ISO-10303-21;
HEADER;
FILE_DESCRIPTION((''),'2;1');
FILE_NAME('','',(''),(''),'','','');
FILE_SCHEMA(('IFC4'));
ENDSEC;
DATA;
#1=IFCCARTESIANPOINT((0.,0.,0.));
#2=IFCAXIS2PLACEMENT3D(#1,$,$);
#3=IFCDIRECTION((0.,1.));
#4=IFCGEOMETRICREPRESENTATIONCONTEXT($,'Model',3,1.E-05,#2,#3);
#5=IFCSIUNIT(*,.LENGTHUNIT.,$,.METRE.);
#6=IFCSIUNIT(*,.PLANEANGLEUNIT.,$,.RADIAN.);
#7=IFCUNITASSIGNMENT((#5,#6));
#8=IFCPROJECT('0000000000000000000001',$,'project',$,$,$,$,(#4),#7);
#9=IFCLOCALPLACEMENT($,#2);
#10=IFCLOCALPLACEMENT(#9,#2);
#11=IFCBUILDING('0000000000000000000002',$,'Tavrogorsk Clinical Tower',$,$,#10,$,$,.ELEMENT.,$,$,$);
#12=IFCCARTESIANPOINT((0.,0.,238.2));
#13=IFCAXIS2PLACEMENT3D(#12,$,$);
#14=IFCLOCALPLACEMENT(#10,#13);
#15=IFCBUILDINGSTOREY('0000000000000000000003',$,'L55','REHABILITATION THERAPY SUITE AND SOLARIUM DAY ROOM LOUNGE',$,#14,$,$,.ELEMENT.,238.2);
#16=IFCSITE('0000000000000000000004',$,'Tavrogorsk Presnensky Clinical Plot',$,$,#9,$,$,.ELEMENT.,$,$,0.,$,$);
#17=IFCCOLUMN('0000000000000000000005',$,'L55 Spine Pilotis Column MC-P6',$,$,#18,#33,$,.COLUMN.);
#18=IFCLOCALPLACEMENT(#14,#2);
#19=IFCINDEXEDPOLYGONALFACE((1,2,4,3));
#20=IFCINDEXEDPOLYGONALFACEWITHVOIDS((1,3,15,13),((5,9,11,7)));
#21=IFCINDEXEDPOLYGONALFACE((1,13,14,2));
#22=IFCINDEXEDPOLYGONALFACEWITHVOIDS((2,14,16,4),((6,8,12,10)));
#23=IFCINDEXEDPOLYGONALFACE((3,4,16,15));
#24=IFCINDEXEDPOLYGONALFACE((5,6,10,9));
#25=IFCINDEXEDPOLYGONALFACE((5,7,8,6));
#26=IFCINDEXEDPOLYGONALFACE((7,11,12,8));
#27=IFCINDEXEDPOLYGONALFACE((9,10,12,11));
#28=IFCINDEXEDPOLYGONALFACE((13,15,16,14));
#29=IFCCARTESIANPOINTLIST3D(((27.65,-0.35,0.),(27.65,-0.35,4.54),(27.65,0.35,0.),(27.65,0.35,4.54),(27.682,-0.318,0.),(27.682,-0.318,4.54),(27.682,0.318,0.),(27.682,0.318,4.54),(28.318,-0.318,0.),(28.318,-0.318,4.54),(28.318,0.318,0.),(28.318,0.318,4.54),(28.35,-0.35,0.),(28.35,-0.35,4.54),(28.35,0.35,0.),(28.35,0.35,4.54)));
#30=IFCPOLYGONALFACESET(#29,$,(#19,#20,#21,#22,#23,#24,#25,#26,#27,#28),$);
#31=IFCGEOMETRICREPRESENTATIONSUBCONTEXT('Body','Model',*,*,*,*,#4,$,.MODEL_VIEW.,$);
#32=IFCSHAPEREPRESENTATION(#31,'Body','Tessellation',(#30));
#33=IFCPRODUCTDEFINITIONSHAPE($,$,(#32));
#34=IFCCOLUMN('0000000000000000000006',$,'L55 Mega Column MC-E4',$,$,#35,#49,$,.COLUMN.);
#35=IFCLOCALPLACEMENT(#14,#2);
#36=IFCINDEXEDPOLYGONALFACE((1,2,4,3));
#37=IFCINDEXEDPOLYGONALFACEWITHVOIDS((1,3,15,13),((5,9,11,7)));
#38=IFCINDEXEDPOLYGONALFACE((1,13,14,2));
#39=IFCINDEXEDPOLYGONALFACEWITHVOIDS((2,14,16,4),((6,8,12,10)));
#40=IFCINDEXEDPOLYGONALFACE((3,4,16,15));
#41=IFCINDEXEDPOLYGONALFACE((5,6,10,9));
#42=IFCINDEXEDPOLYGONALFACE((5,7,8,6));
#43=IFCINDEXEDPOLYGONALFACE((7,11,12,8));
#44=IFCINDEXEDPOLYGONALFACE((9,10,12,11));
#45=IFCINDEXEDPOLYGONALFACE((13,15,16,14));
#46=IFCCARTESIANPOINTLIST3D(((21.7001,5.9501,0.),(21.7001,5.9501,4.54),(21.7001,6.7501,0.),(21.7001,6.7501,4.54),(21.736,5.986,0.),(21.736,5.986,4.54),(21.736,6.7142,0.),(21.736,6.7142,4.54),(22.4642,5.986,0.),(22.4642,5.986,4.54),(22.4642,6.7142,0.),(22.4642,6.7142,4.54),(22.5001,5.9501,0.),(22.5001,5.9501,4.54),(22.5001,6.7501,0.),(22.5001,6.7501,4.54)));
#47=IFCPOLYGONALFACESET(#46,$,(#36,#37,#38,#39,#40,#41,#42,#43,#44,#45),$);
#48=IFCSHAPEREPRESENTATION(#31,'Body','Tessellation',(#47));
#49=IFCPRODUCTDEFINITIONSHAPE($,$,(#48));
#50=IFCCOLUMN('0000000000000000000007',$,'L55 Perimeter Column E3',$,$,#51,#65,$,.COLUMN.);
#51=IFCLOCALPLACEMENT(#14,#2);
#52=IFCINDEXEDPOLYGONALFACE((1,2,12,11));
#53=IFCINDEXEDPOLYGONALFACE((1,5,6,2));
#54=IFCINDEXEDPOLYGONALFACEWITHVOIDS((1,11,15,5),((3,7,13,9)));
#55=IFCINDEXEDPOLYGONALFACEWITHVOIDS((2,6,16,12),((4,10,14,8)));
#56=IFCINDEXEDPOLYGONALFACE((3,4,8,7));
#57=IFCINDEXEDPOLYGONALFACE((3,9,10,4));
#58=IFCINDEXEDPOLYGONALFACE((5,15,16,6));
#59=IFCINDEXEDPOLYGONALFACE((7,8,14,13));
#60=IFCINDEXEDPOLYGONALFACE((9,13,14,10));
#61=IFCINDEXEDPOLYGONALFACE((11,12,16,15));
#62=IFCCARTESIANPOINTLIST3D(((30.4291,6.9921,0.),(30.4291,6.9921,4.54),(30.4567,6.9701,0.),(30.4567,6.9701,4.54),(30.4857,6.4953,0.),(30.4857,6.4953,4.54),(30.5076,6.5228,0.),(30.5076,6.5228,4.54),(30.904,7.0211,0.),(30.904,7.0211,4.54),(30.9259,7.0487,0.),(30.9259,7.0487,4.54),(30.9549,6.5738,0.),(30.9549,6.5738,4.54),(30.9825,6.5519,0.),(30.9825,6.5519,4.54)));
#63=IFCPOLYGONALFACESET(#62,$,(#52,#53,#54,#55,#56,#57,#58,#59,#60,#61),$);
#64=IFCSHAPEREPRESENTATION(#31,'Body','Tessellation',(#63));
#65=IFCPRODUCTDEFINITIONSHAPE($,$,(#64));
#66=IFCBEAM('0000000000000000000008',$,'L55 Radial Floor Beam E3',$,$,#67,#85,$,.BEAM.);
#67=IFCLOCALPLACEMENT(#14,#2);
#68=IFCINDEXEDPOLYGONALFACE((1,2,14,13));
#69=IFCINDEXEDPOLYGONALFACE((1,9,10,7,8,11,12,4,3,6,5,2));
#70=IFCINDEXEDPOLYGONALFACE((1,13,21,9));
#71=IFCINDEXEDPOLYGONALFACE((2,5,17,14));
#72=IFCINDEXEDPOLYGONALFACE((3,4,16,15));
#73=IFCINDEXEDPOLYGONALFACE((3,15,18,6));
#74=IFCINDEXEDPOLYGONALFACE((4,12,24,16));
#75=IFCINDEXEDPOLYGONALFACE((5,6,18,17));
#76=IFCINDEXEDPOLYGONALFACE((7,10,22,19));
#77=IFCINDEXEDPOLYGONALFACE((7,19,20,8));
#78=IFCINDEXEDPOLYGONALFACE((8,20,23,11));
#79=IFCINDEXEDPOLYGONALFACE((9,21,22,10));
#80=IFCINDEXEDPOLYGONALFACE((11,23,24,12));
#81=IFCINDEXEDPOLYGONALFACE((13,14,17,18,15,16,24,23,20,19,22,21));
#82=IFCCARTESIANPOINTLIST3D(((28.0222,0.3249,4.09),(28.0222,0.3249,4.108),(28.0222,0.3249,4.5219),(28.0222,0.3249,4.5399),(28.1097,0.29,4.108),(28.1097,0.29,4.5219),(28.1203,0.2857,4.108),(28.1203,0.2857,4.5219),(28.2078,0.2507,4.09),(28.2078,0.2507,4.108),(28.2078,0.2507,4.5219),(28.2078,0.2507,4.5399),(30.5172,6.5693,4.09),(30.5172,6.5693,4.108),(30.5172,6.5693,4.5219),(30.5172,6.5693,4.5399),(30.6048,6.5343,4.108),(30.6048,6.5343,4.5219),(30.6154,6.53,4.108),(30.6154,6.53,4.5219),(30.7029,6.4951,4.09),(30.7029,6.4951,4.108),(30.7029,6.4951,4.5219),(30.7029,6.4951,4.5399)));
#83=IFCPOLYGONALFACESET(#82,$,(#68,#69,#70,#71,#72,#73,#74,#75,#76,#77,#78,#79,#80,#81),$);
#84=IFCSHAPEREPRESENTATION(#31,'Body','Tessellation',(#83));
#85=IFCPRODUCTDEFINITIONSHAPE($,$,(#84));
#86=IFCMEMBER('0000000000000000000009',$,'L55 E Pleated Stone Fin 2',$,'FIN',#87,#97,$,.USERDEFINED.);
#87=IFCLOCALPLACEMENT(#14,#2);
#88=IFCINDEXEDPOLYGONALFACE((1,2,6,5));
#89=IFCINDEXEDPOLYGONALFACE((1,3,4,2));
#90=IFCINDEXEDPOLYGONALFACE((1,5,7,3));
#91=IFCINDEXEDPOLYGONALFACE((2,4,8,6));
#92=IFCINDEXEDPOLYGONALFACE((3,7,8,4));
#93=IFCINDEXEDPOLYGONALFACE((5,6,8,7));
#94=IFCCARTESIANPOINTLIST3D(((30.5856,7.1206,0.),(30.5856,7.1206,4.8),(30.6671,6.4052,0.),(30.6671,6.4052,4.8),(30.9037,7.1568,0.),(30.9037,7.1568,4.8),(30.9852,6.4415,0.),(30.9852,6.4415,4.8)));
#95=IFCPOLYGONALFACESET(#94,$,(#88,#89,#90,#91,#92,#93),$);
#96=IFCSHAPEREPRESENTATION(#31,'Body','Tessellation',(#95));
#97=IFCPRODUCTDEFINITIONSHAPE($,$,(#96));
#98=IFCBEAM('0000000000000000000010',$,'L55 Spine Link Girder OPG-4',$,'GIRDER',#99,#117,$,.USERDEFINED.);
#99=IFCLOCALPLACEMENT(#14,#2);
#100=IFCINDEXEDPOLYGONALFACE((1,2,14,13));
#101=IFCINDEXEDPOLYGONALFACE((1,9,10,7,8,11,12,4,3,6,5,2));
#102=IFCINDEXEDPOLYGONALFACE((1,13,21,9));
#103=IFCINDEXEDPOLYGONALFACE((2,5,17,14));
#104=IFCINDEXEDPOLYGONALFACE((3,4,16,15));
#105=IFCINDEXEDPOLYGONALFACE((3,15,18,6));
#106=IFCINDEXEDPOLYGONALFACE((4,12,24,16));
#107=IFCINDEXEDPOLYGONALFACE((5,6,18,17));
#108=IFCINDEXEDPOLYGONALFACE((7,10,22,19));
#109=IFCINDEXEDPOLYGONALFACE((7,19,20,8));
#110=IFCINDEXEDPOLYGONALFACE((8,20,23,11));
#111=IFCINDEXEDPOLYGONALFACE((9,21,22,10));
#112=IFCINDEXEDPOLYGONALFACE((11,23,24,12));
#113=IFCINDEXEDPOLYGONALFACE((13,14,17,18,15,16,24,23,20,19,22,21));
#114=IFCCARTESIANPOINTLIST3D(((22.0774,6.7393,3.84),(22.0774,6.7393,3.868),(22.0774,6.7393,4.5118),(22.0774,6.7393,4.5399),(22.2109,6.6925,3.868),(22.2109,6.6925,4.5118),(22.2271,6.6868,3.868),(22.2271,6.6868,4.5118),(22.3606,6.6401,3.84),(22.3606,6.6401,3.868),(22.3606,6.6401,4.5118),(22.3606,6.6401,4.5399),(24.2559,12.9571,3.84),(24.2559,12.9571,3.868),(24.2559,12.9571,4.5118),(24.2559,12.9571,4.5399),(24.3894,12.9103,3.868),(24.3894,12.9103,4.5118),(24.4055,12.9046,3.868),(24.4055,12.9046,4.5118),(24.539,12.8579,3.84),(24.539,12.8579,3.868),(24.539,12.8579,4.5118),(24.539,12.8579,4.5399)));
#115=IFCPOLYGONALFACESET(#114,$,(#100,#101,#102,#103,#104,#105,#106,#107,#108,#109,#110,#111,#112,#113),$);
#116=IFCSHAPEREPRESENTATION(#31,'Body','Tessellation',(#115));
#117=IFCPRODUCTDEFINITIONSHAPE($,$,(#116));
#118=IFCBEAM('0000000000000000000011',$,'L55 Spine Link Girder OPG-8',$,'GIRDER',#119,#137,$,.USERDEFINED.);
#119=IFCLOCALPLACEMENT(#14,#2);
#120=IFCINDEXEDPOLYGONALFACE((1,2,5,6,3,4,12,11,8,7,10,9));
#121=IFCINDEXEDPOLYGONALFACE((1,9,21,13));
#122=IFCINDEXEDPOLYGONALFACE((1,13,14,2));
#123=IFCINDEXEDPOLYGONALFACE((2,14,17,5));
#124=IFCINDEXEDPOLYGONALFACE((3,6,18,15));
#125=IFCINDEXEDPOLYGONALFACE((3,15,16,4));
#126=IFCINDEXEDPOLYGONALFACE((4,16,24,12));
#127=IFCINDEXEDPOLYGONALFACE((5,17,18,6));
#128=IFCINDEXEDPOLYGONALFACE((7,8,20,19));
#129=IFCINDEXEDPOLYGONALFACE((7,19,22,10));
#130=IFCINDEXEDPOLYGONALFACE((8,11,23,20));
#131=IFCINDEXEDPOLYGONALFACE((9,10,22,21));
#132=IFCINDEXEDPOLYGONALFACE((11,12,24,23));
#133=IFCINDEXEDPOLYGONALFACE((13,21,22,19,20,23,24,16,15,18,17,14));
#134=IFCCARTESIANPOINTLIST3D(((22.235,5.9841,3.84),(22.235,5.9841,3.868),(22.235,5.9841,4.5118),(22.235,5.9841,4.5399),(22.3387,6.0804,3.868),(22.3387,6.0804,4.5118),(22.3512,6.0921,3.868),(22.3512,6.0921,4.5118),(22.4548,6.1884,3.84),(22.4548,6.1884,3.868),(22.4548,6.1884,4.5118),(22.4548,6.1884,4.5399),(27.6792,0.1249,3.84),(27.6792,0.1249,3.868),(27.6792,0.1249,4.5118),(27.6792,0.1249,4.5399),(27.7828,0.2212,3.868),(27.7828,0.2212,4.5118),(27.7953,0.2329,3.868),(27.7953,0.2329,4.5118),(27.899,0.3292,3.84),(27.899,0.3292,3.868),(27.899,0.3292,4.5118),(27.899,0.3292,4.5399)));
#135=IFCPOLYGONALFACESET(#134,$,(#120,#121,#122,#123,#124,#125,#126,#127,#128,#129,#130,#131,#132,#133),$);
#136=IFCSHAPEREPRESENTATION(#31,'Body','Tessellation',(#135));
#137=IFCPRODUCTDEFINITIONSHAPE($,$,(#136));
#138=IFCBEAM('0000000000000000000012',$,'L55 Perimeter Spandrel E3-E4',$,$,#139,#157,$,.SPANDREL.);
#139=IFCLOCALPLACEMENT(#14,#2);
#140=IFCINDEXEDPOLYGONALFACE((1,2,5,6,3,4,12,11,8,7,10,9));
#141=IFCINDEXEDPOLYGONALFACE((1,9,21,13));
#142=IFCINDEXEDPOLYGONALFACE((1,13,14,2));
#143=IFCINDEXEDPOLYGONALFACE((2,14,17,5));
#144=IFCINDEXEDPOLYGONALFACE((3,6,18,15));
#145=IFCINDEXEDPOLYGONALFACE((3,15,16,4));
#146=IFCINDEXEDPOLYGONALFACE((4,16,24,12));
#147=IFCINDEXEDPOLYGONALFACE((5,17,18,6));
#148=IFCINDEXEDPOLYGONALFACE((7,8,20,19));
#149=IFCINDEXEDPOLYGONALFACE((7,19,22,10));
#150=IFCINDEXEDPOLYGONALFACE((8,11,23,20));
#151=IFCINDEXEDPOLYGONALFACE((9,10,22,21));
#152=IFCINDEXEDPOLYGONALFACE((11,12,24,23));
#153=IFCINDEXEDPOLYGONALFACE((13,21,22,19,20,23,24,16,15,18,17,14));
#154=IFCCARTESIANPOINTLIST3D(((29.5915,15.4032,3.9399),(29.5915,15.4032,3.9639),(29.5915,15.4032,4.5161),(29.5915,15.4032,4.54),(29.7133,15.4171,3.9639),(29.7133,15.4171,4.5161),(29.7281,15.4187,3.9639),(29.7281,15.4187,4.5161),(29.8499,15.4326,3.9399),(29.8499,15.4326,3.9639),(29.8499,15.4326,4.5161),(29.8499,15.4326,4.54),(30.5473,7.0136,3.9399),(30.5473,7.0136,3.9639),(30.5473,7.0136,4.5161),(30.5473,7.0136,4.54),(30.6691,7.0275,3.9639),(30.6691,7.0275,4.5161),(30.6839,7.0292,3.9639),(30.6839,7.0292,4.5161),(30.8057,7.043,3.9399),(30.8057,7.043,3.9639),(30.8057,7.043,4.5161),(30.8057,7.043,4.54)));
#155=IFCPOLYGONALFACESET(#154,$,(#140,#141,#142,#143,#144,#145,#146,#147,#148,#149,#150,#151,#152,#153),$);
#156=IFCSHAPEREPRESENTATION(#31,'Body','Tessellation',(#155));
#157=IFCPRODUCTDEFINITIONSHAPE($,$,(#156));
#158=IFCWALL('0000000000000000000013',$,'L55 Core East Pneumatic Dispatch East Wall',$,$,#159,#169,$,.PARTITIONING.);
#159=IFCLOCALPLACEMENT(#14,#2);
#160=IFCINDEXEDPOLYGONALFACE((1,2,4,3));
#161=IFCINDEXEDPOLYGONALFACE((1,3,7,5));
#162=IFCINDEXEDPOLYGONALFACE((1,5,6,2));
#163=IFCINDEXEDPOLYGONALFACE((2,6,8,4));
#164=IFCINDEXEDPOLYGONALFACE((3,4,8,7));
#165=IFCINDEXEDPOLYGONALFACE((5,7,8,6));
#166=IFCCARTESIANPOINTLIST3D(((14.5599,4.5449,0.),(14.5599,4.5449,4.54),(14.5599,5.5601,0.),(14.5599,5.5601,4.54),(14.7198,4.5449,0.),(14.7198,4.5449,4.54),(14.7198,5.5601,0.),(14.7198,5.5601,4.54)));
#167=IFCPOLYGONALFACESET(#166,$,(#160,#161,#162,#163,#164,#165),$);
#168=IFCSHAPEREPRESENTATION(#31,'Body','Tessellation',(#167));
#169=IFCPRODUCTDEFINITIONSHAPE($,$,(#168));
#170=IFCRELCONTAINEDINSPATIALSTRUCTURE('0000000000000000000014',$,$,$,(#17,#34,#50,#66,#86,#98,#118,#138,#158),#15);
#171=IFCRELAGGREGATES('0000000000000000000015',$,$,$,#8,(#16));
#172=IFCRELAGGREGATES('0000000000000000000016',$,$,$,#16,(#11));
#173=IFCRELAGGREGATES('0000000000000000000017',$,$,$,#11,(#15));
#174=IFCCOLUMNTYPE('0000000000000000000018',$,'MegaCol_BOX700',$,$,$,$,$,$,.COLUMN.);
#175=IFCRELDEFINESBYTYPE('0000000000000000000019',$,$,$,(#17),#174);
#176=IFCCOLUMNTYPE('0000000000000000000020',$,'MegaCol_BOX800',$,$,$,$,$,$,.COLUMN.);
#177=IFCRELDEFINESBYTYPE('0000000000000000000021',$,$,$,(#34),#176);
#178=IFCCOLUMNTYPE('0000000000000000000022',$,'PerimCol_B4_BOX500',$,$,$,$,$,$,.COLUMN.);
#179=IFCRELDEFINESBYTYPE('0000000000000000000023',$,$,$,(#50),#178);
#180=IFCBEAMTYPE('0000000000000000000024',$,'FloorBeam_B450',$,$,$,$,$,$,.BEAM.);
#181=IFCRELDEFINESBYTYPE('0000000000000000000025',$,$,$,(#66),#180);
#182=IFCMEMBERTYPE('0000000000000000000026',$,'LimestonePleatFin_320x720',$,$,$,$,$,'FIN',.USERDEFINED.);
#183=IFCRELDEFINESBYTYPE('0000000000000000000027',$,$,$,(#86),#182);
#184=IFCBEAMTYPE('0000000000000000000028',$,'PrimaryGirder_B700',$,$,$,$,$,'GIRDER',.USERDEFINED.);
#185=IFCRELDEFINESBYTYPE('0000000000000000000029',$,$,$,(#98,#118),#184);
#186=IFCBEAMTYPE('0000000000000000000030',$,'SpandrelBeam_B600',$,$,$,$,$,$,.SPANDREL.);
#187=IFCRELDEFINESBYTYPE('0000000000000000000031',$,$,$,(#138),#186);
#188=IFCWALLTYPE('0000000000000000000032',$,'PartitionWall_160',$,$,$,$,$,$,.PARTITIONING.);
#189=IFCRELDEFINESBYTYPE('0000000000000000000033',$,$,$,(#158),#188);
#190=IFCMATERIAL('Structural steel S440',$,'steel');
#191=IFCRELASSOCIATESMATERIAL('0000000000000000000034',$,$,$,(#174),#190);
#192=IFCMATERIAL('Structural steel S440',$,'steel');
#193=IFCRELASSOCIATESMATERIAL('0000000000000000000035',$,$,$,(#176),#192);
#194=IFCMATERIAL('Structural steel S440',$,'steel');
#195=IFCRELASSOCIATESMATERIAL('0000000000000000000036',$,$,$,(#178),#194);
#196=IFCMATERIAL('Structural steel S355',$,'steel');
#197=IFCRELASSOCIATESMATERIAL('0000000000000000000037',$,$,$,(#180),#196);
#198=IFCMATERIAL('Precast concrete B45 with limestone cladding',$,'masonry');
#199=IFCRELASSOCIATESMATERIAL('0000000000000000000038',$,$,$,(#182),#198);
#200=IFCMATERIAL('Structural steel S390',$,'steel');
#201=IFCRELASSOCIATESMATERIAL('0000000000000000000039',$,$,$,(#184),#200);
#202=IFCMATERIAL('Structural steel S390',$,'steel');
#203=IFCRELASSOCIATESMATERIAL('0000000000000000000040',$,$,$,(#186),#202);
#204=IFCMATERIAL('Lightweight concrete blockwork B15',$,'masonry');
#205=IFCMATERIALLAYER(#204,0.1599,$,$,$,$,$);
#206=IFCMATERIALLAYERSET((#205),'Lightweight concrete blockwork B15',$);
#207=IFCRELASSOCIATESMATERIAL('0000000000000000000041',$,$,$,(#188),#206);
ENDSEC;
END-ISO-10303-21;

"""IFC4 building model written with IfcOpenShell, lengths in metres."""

from ifc_helpers import new_model, si_unit, direction, frame, frame_2d, origin, origin_2d, place, context, subcontext, project, spatial, rectangle, hollow_rectangle, i_section, extrude, material, layer, layer_set, material_profile, profile_set, type_object, element, save


model = new_model("IFC4")

# Units and contexts
model_context = context("Model", 3, precision=1e-05, world=origin(), true_north=direction((0.0, 1.0)))
body_context = subcontext(model_context, "Body", "Model", "MODEL_VIEW")
ifc_project = project(units=[si_unit("LENGTHUNIT", "METRE"), si_unit("PLANEANGLEUNIT", "RADIAN")], contexts=[model_context])

# Site, building, storey
site_placement = place(None, origin())
site = spatial("IfcSite", under=ifc_project, at=site_placement, Name="Tavrogorsk Presnensky Clinical Plot", CompositionType="ELEMENT", RefElevation=0.0)
building_placement = place(site_placement, origin())
building = spatial("IfcBuilding", under=site, at=building_placement, Name="Tavrogorsk Clinical Tower", CompositionType="ELEMENT")
storey_placement = place(building_placement, frame((0.0, 0.0, 238.2)))
storey = spatial("IfcBuildingStorey", under=building, at=storey_placement, Name="L55", Description="REHABILITATION THERAPY SUITE AND SOLARIUM DAY ROOM LOUNGE", CompositionType="ELEMENT", Elevation=238.2)

# Columns
ifc_material_1 = material(Name="Structural steel S440", Category="steel")
ifc_material_profile_1 = material_profile(ifc_material_1, hollow_rectangle(XDim=0.7, YDim=0.7, WallThickness=0.032, at=origin_2d()), Name="BOX-700x700x32")
ifc_profile_set_1 = profile_set([ifc_material_profile_1], Name="Structural steel S440")
column_type_1 = type_object("IfcColumnType", Name="MegaCol_BOX700", PredefinedType="COLUMN", material=ifc_profile_set_1)
column_1_placement = place(storey_placement, frame((28.0, 0.0, 0.0), z_axis=(0.0, 0.0, 1.0), x_axis=(1.0, 0.0, 0.0)))
element("IfcColumn", 1, at=column_1_placement, inside=storey, type_object=column_type_1, Name="L55 Spine Pilotis Column MC-P6", PredefinedType="COLUMN", context=body_context, shape_type="SweptSolid", body=[
    extrude(hollow_rectangle(XDim=0.7, YDim=0.7, WallThickness=0.032, at=origin_2d()), origin(), (0.0, 0.0, 1.0), 4.54),
])
ifc_material_2 = material(Name="Structural steel S440", Category="steel")
ifc_material_profile_2 = material_profile(ifc_material_2, hollow_rectangle(XDim=0.8, YDim=0.8, WallThickness=0.0359, at=origin_2d()), Name="BOX-800x800x36")
ifc_profile_set_2 = profile_set([ifc_material_profile_2], Name="Structural steel S440")
column_type_2 = type_object("IfcColumnType", Name="MegaCol_BOX800", PredefinedType="COLUMN", material=ifc_profile_set_2)
column_2_placement = place(storey_placement, frame((22.1001, 6.3501, 0.0), z_axis=(0.0, 0.0, 1.0), x_axis=(1.0, 0.0, 0.0)))
element("IfcColumn", 2, at=column_2_placement, inside=storey, type_object=column_type_2, Name="L55 Mega Column MC-E4", PredefinedType="COLUMN", context=body_context, shape_type="SweptSolid", body=[
    extrude(hollow_rectangle(XDim=0.8, YDim=0.8, WallThickness=0.0359, at=origin_2d()), origin(), (0.0, 0.0, 1.0), 4.54),
])
ifc_material_3 = material(Name="Structural steel S440", Category="steel")
ifc_material_profile_3 = material_profile(ifc_material_3, hollow_rectangle(XDim=0.5, YDim=0.5, WallThickness=0.0249, at=origin_2d()), Name="BOX-500x500x25")
ifc_profile_set_3 = profile_set([ifc_material_profile_3], Name="Structural steel S440")
column_type_3 = type_object("IfcColumnType", Name="PerimCol_B4_BOX500", PredefinedType="COLUMN", material=ifc_profile_set_3)
column_3_placement = place(storey_placement, frame((30.7058, 6.772, 0.0), z_axis=(0.0, 0.0, 1.0), x_axis=(0.993572, 0.113203, 0.0)))
element("IfcColumn", 3, at=column_3_placement, inside=storey, type_object=column_type_3, Name="L55 Perimeter Column E3", PredefinedType="COLUMN", context=body_context, shape_type="SweptSolid", body=[
    extrude(hollow_rectangle(XDim=0.5, YDim=0.5, WallThickness=0.0249, at=origin_2d()), origin(), (0.0, 0.0, 1.0), 4.54),
])

# Beam
ifc_material_4 = material(Name="Structural steel S355", Category="steel")
ifc_material_profile_4 = material_profile(ifc_material_4, i_section(OverallWidth=0.2, OverallDepth=0.45, WebThickness=0.0115, FlangeThickness=0.0181, at=origin_2d()), Name="B-450x200x11.5x18")
ifc_profile_set_4 = profile_set([ifc_material_profile_4], Name="Structural steel S355")
beam_type_1 = type_object("IfcBeamType", Name="FloorBeam_B450", PredefinedType="BEAM", material=ifc_profile_set_4)
beam_1_placement = place(storey_placement, frame((28.115, 0.2878, 4.3149), z_axis=(0.371053, 0.928612, 0.0), x_axis=(-0.928612, 0.371053, 0.0)))
element("IfcBeam", 4, at=beam_1_placement, inside=storey, type_object=beam_type_1, Name="L55 Radial Floor Beam E3", PredefinedType="BEAM", context=body_context, shape_type="SweptSolid", body=[
    extrude(i_section(OverallWidth=0.2, OverallDepth=0.45, WebThickness=0.0115, FlangeThickness=0.0181, at=origin_2d()), origin(), (0.0, 0.0, 1.0), 6.7244),
])

# Member
ifc_material_5 = material(Name="Precast concrete B45 with limestone cladding", Category="masonry")
ifc_material_profile_5 = material_profile(ifc_material_5, rectangle(XDim=0.3201, YDim=0.72, at=origin_2d()), Name="LIMESTONE-FIN-320x720")
ifc_profile_set_5 = profile_set([ifc_material_profile_5], Name="Precast concrete B45 with limestone cladding")
member_type = type_object("IfcMemberType", Name="LimestonePleatFin_320x720", ElementType="FIN", PredefinedType="USERDEFINED", material=ifc_profile_set_5)
member_placement = place(storey_placement, frame((30.7854, 6.781, 0.0), z_axis=(0.0, 0.0, 1.0), x_axis=(0.993572, 0.113203, 0.0)))
element("IfcMember", 5, at=member_placement, inside=storey, type_object=member_type, Name="L55 E Pleated Stone Fin 2", ObjectType="FIN", PredefinedType="USERDEFINED", context=body_context, shape_type="SweptSolid", body=[
    extrude(rectangle(XDim=0.3201, YDim=0.72, at=origin_2d()), origin(), (0.0, 0.0, 1.0), 4.8),
])

# Beams
ifc_material_6 = material(Name="Structural steel S390", Category="steel")
ifc_material_profile_6 = material_profile(ifc_material_6, i_section(OverallWidth=0.3, OverallDepth=0.7, WebThickness=0.0171, FlangeThickness=0.0281, at=origin_2d()), Name="B-700x300x17x28")
ifc_profile_set_6 = profile_set([ifc_material_profile_6], Name="Structural steel S390")
beam_type_2 = type_object("IfcBeamType", Name="PrimaryGirder_B700", ElementType="GIRDER", PredefinedType="USERDEFINED", material=ifc_profile_set_6)
beam_2_placement = place(storey_placement, frame((24.3975, 12.9075, 4.1899), z_axis=(-0.330654, -0.943752, 0.0), x_axis=(0.943752, -0.330654, 0.0)))
element("IfcBeam", 6, at=beam_2_placement, inside=storey, type_object=beam_type_2, Name="L55 Spine Link Girder OPG-4", ObjectType="GIRDER", PredefinedType="USERDEFINED", context=body_context, shape_type="SweptSolid", body=[
    extrude(i_section(OverallWidth=0.3, OverallDepth=0.7, WebThickness=0.0171, FlangeThickness=0.0281, at=origin_2d()), origin(), (0.0, 0.0, 1.0), 6.5884),
])
beam_3_placement = place(storey_placement, frame((27.7891, 0.2271, 4.1899), z_axis=(-0.680684, 0.732577, 0.0), x_axis=(-0.732577, -0.680684, 0.0)))
element("IfcBeam", 7, at=beam_3_placement, inside=storey, type_object=beam_type_2, Name="L55 Spine Link Girder OPG-8", ObjectType="GIRDER", PredefinedType="USERDEFINED", context=body_context, shape_type="SweptSolid", body=[
    extrude(i_section(OverallWidth=0.3, OverallDepth=0.7, WebThickness=0.0171, FlangeThickness=0.0281, at=origin_2d()), origin(), (0.0, 0.0, 1.0), 7.998),
])
ifc_material_7 = material(Name="Structural steel S390", Category="steel")
ifc_material_profile_7 = material_profile(ifc_material_7, i_section(OverallWidth=0.26, OverallDepth=0.6001, WebThickness=0.0149, FlangeThickness=0.0239, at=origin_2d()), Name="B-600x260x15x24")
ifc_profile_set_7 = profile_set([ifc_material_profile_7], Name="Structural steel S390")
beam_type_3 = type_object("IfcBeamType", Name="SpandrelBeam_B600", PredefinedType="SPANDREL", material=ifc_profile_set_7)
beam_4_placement = place(storey_placement, frame((30.6765, 7.0283, 4.24), z_axis=(-0.113195, 0.993573, 0.0), x_axis=(-0.993573, -0.113195, 0.0)))
element("IfcBeam", 8, at=beam_4_placement, inside=storey, type_object=beam_type_3, Name="L55 Perimeter Spandrel E3-E4", PredefinedType="SPANDREL", context=body_context, shape_type="SweptSolid", body=[
    extrude(i_section(OverallWidth=0.26, OverallDepth=0.6001, WebThickness=0.0149, FlangeThickness=0.0239, at=origin_2d()), origin(), (0.0, 0.0, 1.0), 8.4438),
])

# Wall
ifc_material_8 = material(Name="Lightweight concrete blockwork B15", Category="masonry")
ifc_layer_1 = layer(ifc_material_8, 0.1599)
ifc_layer_set_1 = layer_set([ifc_layer_1], Name="Lightweight concrete blockwork B15")
wall_type_1 = type_object("IfcWallType", Name="PartitionWall_160", PredefinedType="PARTITIONING", material=ifc_layer_set_1)
wall_1_placement = place(storey_placement, frame((14.6399, 4.5449, 0.0), z_axis=(0.0, 0.0, 1.0), x_axis=(0.0, 1.0, 0.0)))
element("IfcWall", 9, at=wall_1_placement, inside=storey, type_object=wall_type_1, Name="L55 Core East Pneumatic Dispatch East Wall", PredefinedType="PARTITIONING", context=body_context, shape_type="SweptSolid", body=[
    extrude(rectangle(XDim=1.0151, YDim=0.1599, at=frame_2d((0.5076, 0.0))), origin(), (0.0, 0.0, 1.0), 4.54),
])

save(model, "model.ifc")
